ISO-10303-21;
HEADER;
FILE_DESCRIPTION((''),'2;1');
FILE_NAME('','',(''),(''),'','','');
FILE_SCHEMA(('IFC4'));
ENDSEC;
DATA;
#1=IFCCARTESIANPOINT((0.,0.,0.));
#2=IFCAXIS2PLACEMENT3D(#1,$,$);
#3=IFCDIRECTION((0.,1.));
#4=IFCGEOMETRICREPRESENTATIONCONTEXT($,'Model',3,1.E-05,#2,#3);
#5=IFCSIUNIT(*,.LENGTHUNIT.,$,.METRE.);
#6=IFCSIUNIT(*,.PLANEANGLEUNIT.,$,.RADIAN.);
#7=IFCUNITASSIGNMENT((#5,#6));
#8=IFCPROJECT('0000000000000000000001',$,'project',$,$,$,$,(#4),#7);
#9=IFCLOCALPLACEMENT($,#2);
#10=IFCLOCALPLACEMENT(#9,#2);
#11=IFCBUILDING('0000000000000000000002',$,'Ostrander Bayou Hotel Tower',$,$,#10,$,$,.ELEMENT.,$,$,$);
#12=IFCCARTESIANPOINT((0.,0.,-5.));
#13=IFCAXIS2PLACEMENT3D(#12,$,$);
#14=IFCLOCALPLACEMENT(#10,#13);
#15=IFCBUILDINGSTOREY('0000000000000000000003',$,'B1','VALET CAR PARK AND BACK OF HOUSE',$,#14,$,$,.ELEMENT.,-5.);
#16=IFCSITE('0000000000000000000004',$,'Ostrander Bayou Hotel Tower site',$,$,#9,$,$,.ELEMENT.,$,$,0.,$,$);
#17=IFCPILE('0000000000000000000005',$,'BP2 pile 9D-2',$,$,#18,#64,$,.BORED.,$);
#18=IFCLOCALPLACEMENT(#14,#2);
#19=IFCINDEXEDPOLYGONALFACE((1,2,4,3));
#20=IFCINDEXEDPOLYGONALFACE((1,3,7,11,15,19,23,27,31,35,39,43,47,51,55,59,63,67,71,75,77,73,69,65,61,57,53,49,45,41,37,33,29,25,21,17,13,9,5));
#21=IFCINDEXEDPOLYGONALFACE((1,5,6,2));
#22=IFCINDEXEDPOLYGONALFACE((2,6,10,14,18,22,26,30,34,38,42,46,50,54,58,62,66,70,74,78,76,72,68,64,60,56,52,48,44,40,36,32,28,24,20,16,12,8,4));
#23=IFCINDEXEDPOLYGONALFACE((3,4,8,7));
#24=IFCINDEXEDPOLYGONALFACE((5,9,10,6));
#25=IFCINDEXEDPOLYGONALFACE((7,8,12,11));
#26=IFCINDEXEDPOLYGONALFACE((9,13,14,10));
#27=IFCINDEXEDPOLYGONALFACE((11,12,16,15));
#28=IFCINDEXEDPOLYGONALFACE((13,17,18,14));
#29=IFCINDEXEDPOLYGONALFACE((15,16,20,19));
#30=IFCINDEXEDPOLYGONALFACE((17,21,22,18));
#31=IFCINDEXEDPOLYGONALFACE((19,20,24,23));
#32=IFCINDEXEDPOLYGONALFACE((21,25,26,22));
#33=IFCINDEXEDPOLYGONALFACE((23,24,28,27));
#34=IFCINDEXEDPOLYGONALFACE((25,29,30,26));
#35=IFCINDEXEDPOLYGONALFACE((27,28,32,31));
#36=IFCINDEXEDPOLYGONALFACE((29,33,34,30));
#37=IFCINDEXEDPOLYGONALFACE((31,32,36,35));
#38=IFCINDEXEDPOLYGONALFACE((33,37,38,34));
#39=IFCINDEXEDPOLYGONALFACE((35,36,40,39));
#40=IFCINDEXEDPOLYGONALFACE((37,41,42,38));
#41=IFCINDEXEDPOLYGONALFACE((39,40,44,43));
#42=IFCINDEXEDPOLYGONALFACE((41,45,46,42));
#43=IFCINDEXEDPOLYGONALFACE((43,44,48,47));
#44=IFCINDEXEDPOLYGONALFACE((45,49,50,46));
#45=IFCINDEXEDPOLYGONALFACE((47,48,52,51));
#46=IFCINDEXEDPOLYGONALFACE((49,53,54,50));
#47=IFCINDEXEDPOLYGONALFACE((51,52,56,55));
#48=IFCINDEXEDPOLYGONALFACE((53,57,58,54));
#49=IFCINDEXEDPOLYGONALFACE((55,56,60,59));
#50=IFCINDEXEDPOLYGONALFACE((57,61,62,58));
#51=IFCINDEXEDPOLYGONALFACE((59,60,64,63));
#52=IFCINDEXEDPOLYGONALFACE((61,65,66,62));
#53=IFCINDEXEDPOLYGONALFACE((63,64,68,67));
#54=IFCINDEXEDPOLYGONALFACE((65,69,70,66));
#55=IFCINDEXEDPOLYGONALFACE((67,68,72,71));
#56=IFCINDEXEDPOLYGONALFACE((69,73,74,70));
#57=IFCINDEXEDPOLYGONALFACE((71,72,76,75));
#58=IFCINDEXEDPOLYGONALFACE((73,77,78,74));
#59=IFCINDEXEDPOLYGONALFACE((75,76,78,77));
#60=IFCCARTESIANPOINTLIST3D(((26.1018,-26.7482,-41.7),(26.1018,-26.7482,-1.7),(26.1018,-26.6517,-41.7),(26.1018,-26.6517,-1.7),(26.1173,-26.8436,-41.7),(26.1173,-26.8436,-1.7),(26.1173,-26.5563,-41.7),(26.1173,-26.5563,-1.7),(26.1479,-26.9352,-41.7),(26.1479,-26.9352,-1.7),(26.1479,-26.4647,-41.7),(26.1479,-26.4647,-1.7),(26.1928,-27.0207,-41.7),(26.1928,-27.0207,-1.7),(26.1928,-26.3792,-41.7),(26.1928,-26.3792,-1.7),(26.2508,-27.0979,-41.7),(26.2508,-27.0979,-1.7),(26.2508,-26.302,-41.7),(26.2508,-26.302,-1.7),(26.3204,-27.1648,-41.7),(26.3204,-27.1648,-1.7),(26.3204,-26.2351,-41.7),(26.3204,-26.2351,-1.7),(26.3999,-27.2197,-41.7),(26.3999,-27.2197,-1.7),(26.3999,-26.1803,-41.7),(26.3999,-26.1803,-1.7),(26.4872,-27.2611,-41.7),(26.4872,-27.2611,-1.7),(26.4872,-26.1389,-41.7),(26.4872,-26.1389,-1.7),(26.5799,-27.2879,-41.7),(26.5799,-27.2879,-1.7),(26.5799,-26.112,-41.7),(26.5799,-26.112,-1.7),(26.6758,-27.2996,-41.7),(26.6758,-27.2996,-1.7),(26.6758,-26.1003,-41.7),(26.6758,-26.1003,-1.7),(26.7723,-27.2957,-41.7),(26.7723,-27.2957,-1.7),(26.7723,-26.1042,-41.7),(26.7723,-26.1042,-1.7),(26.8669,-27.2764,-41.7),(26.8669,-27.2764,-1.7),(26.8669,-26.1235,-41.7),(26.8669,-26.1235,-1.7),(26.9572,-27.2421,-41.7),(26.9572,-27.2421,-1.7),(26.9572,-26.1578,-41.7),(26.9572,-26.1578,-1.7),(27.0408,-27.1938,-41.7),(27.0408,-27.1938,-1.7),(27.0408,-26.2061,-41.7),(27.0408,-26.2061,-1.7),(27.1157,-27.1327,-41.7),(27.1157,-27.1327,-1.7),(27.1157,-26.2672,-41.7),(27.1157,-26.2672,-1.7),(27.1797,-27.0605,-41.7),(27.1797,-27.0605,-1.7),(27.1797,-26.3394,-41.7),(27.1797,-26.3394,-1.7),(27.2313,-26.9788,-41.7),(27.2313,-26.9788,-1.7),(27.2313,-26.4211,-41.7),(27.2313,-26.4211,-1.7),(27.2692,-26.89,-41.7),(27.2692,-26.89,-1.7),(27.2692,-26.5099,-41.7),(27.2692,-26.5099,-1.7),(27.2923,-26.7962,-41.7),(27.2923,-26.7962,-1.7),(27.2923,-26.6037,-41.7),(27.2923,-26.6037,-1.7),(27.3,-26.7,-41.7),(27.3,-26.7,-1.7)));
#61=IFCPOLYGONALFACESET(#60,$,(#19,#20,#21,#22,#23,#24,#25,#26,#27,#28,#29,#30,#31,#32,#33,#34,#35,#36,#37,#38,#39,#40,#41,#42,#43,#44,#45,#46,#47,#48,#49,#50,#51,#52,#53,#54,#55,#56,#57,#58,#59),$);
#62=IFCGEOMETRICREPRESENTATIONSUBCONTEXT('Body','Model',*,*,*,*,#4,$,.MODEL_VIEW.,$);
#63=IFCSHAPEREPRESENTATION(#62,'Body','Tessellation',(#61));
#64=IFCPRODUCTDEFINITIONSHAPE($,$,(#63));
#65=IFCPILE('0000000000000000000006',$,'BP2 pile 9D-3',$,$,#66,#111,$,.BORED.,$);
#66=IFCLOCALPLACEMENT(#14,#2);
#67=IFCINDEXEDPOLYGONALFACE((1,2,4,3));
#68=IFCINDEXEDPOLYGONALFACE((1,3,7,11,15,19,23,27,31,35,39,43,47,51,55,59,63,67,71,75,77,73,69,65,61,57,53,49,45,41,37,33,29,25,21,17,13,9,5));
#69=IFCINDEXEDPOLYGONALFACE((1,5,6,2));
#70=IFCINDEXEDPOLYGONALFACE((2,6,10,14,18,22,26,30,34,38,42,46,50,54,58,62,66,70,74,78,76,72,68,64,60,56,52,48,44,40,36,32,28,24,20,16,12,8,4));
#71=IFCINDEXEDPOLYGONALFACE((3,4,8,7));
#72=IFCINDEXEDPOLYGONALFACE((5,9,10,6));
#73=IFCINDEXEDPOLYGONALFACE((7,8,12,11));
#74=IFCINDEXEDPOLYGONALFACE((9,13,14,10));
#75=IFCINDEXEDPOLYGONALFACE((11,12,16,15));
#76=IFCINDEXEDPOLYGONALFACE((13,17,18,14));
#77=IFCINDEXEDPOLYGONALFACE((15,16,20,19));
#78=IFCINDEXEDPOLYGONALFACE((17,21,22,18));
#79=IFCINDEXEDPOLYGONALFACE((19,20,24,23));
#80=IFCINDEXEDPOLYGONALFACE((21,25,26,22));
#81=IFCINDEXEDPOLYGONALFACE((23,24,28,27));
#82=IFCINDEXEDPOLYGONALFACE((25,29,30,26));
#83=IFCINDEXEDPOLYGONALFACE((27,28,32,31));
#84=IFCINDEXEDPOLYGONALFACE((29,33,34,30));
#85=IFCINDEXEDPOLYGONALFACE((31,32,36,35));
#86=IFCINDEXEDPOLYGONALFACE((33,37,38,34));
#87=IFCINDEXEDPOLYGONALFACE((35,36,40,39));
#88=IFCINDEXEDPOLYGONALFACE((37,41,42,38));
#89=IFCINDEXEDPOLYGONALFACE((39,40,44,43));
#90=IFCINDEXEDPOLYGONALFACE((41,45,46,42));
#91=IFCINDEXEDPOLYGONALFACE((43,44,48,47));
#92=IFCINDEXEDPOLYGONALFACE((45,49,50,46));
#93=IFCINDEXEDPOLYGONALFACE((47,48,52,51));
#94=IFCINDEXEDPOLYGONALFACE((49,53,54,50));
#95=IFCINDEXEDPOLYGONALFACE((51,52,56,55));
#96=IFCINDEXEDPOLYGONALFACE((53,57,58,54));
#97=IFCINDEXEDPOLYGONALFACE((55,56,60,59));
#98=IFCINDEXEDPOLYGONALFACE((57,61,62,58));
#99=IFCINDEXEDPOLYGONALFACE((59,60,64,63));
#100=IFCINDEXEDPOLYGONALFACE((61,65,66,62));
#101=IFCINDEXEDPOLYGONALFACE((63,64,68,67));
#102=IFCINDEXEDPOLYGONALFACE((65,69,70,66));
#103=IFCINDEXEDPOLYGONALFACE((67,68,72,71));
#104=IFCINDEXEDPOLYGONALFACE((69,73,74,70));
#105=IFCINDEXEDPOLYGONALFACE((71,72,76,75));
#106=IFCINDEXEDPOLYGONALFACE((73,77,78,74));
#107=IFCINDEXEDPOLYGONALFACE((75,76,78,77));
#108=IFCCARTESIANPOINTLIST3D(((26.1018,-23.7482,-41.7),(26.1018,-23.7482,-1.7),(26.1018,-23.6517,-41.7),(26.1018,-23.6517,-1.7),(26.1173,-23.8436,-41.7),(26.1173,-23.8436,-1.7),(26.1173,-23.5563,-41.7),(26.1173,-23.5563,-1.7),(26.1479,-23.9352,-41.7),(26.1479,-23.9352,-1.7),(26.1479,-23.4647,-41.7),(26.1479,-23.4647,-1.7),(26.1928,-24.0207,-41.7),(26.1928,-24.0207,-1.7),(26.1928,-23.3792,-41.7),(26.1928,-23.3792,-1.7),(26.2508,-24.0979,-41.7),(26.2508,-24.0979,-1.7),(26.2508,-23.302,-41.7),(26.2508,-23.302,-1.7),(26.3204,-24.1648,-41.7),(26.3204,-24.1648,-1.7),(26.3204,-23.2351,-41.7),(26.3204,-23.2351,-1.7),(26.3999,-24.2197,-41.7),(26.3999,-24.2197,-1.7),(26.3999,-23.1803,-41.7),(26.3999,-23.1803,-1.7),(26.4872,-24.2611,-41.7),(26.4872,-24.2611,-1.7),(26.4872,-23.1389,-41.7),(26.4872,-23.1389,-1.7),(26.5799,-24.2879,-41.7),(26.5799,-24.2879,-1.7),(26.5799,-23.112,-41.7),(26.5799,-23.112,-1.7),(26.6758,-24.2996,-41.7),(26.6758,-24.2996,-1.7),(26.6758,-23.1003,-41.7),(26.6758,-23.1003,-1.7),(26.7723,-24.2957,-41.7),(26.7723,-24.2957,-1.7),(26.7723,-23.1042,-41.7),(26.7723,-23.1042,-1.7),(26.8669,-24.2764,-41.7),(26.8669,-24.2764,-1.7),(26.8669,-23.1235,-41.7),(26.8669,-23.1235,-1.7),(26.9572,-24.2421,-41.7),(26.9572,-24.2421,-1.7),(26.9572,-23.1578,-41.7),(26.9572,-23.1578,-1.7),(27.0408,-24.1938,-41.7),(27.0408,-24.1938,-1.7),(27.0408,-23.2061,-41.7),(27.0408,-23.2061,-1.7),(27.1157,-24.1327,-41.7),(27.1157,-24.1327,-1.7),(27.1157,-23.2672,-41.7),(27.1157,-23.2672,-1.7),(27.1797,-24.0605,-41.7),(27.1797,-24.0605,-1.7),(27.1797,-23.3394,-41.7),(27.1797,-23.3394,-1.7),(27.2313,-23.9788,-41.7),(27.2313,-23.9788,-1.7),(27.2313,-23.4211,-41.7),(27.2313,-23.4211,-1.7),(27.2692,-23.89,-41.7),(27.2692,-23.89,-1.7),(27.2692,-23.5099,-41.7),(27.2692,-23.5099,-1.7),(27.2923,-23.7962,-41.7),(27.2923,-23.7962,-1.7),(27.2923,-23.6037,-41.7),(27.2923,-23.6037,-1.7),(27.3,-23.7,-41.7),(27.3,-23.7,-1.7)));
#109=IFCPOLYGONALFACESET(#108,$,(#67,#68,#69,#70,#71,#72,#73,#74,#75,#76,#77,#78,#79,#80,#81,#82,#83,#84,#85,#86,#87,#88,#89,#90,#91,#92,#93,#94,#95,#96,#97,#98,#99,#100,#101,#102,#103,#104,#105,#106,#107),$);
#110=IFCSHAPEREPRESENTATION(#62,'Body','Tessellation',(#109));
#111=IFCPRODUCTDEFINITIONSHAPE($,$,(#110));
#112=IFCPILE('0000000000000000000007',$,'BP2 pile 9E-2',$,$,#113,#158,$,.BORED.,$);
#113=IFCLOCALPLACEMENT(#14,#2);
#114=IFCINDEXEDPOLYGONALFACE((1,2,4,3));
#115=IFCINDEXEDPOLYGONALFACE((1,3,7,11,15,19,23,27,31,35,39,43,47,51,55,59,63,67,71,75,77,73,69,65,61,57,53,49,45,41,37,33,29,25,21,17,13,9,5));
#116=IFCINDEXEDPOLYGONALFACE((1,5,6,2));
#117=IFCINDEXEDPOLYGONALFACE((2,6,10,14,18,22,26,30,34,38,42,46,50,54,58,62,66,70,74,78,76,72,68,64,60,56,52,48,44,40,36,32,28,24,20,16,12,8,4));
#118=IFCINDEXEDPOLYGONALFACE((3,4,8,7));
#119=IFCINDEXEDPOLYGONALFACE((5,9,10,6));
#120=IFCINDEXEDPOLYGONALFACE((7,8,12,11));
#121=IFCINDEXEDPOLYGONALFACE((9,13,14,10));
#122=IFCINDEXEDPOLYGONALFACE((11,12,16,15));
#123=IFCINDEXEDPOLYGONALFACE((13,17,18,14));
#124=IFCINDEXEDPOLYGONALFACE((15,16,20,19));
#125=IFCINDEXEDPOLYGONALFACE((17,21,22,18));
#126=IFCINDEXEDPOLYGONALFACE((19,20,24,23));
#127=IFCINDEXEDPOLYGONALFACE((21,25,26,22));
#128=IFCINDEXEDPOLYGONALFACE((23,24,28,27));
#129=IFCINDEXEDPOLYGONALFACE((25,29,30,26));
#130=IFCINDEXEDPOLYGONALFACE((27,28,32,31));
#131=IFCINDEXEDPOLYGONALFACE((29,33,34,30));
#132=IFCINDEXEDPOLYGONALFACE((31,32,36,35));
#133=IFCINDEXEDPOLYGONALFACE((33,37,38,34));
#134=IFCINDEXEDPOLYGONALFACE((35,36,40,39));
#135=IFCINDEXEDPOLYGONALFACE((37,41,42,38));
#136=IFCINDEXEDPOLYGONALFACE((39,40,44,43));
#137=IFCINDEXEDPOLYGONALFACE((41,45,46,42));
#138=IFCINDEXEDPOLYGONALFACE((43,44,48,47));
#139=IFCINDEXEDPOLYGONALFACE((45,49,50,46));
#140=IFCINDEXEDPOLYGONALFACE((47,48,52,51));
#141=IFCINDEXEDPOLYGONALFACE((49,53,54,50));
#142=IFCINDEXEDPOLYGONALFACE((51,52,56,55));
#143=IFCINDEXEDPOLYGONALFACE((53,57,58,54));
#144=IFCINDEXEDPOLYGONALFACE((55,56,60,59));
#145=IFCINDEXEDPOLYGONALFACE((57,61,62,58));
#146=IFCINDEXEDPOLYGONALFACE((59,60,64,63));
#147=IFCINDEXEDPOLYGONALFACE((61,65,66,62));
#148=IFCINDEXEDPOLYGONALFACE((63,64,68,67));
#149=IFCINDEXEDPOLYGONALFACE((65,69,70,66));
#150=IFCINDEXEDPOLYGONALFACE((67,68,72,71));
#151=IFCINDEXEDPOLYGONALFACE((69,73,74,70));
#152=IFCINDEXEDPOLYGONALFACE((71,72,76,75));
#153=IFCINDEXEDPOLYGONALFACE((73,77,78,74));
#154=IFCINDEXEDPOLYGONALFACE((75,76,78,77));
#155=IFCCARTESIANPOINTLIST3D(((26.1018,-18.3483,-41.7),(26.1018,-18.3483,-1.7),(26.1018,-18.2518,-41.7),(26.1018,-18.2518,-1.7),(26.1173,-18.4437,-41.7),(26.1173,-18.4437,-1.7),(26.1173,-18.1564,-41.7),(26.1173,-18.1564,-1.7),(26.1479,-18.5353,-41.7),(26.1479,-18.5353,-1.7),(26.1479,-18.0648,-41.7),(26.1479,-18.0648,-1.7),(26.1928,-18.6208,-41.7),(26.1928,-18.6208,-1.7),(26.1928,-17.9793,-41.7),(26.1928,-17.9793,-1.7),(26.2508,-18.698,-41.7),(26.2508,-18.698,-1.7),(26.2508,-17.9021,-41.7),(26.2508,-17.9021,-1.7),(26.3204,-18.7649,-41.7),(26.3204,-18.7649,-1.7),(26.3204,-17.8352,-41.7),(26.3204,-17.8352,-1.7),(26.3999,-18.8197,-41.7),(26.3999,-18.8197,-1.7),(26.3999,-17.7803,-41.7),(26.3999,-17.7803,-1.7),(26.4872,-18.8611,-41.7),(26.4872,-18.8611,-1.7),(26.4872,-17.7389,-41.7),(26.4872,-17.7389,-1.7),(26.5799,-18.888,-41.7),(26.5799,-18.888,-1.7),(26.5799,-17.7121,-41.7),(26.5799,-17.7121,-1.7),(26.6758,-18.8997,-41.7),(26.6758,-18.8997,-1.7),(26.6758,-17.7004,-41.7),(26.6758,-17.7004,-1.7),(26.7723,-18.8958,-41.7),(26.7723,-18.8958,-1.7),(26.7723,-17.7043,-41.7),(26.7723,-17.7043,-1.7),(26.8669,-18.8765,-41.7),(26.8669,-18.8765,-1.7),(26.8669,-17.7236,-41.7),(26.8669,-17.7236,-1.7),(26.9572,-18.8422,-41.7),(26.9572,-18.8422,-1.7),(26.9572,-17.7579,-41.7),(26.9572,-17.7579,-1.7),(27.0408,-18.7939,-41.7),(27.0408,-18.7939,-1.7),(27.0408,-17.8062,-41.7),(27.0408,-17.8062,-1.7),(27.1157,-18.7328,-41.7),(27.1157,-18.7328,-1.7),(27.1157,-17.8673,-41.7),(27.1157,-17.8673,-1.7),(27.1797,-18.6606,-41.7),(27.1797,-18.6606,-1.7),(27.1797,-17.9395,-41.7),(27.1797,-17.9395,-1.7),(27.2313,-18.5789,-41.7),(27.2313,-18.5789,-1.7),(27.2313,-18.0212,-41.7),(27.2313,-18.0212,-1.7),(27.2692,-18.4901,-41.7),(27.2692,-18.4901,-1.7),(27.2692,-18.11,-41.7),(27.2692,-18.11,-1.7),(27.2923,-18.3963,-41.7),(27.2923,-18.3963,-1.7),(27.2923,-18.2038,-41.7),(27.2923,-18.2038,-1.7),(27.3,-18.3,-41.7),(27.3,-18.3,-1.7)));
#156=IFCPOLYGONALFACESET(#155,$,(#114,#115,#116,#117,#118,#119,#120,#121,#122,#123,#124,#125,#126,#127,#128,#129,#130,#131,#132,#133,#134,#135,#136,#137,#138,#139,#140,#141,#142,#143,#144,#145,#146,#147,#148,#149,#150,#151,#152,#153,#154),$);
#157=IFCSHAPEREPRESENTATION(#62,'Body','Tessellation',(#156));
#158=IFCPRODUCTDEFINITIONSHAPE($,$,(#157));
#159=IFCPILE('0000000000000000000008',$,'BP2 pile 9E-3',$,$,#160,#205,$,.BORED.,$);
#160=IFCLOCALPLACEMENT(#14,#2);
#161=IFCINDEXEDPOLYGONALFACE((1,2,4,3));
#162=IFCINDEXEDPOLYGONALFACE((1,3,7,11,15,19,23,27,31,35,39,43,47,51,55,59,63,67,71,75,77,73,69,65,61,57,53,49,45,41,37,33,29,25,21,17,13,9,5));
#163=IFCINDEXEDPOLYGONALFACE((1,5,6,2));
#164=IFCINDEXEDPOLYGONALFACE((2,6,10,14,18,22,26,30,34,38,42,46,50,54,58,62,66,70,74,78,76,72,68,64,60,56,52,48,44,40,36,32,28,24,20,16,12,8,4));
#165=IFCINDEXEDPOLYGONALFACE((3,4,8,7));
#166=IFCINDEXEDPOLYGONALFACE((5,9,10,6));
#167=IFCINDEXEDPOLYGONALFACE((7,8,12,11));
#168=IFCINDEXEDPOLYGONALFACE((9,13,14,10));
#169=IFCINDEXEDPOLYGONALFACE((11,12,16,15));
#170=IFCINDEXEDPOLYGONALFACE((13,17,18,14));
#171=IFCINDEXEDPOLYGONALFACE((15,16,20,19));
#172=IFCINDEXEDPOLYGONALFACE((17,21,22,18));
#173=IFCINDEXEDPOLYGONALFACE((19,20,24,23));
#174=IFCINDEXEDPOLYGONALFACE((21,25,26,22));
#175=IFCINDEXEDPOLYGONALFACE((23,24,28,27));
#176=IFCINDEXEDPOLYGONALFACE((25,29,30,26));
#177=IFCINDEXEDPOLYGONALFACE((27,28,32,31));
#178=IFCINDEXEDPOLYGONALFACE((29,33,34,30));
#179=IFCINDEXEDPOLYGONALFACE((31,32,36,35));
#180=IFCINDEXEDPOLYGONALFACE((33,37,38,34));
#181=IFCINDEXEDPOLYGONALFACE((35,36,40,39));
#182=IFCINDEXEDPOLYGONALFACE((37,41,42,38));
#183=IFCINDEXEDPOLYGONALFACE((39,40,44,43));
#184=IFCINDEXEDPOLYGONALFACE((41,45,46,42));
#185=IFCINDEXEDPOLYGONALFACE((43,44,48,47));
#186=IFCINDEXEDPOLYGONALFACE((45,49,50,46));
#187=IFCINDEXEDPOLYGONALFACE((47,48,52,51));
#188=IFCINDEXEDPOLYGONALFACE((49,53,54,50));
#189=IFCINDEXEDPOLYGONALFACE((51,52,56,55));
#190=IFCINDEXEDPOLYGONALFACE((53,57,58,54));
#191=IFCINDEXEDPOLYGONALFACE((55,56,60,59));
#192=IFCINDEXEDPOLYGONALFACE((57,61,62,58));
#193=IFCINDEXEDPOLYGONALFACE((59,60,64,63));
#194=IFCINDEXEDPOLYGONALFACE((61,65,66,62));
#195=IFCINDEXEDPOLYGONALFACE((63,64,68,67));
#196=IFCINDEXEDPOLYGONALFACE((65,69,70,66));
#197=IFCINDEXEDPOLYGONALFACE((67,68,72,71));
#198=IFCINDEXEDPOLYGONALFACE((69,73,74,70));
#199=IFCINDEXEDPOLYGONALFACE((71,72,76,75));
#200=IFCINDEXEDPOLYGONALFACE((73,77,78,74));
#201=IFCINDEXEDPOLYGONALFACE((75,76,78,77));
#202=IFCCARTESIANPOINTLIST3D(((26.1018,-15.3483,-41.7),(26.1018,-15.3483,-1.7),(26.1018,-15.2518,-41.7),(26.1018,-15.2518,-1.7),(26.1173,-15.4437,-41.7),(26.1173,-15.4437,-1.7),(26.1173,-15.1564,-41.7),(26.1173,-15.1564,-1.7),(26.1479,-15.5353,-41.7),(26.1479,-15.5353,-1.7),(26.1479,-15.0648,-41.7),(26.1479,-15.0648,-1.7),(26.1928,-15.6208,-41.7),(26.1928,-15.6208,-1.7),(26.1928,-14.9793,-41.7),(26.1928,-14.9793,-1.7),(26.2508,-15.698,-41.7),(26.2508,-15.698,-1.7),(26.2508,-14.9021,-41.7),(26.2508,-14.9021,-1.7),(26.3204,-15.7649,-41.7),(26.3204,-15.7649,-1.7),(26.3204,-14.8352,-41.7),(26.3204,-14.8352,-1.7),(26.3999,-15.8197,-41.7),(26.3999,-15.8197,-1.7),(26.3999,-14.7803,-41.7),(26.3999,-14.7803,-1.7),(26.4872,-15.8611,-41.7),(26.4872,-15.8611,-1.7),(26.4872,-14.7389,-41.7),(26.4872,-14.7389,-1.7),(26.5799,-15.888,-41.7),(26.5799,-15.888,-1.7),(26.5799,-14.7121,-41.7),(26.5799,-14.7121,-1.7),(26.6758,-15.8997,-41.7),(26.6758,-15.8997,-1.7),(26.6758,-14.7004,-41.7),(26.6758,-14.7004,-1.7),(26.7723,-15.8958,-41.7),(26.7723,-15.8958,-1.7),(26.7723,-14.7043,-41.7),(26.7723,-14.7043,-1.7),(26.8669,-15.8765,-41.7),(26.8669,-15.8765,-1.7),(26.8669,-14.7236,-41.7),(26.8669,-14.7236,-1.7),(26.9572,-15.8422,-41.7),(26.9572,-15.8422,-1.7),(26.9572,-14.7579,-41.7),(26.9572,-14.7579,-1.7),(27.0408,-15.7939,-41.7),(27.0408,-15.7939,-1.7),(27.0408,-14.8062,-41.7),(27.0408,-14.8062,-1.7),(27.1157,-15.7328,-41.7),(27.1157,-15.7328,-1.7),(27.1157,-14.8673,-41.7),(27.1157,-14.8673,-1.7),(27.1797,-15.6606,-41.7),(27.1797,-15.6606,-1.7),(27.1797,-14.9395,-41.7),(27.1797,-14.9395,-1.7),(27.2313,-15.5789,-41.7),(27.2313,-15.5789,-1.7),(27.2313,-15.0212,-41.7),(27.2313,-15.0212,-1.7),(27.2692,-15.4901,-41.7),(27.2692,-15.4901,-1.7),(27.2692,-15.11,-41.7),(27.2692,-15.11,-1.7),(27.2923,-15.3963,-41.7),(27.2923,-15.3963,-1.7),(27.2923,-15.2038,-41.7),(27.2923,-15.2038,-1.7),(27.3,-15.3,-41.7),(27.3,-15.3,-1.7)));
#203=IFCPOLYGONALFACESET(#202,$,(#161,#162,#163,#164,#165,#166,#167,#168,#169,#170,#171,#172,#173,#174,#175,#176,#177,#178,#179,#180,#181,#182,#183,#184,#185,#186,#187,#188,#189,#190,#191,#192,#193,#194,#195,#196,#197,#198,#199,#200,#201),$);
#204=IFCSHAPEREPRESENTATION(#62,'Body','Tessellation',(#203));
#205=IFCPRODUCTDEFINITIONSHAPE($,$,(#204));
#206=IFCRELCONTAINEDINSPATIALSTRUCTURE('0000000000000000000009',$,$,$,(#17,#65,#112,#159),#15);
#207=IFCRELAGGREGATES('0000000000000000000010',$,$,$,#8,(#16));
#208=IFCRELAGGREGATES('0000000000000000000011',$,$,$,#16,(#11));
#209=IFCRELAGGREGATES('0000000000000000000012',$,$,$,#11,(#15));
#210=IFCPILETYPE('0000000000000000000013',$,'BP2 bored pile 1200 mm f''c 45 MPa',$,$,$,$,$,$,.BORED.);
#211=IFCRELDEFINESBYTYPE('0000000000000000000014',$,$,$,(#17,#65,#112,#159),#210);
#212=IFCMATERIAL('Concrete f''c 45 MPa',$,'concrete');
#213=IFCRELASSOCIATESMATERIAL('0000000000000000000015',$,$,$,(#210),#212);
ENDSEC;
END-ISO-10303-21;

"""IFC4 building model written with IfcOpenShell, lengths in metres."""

from ifc_helpers import new_model, si_unit, direction, frame, origin, origin_2d, place, context, subcontext, project, spatial, circle, extrude, material, material_profile, profile_set, type_object, element, save


model = new_model("IFC4")

# Units and contexts
model_context = context("Model", 3, precision=1e-05, world=origin(), true_north=direction((0.0, 1.0)))
body_context = subcontext(model_context, "Body", "Model", "MODEL_VIEW")
ifc_project = project(units=[si_unit("LENGTHUNIT", "METRE"), si_unit("PLANEANGLEUNIT", "RADIAN")], contexts=[model_context])

# Site, building, storey
site_placement = place(None, origin())
site = spatial("IfcSite", under=ifc_project, at=site_placement, Name="Ostrander Bayou Hotel Tower site", CompositionType="ELEMENT", RefElevation=0.0)
building_placement = place(site_placement, origin())
building = spatial("IfcBuilding", under=site, at=building_placement, Name="Ostrander Bayou Hotel Tower", CompositionType="ELEMENT")
storey_placement = place(building_placement, frame((0.0, 0.0, -5.0)))
storey = spatial("IfcBuildingStorey", under=building, at=storey_placement, Name="B1", Description="VALET CAR PARK AND BACK OF HOUSE", CompositionType="ELEMENT", Elevation=-5.0)

# Piles
ifc_material_1 = material(Name="Concrete f'c 45 MPa", Category="concrete")
ifc_material_profile_1 = material_profile(ifc_material_1, circle(Radius=0.6001, at=origin_2d()))
ifc_profile_set_1 = profile_set([ifc_material_profile_1], Name="Concrete f'c 45 MPa")
pile_type = type_object("IfcPileType", Name="BP2 bored pile 1200 mm f'c 45 MPa", PredefinedType="BORED", material=ifc_profile_set_1)
for number, where, z_axis, x_axis, name in (
    (1, (26.7, -26.7, -1.7), (0.0, 0.0, -1.0), (1.0, 0.0, 0.0), "BP2 pile 9D-2"),
    (2, (26.7, -23.7, -1.7), (0.0, 0.0, -1.0), (1.0, 0.0, 0.0), "BP2 pile 9D-3"),
    (3, (26.7, -18.3, -1.7), (0.0, 0.0, -1.0), (1.0, 0.0, 0.0), "BP2 pile 9E-2"),
    (4, (26.7, -15.3, -1.7), (0.0, 0.0, -1.0), (1.0, 0.0, 0.0), "BP2 pile 9E-3"),
):
    element("IfcPile", number, at=place(storey_placement, frame(where, z_axis=z_axis, x_axis=x_axis)), inside=storey, type_object=pile_type, Name=name, PredefinedType="BORED", context=body_context, shape_type="SweptSolid", body=[
        extrude(circle(Radius=0.6001, at=origin_2d()), origin(), (0.0, 0.0, 1.0), 40.0),
    ])

save(model, "model.ifc")
